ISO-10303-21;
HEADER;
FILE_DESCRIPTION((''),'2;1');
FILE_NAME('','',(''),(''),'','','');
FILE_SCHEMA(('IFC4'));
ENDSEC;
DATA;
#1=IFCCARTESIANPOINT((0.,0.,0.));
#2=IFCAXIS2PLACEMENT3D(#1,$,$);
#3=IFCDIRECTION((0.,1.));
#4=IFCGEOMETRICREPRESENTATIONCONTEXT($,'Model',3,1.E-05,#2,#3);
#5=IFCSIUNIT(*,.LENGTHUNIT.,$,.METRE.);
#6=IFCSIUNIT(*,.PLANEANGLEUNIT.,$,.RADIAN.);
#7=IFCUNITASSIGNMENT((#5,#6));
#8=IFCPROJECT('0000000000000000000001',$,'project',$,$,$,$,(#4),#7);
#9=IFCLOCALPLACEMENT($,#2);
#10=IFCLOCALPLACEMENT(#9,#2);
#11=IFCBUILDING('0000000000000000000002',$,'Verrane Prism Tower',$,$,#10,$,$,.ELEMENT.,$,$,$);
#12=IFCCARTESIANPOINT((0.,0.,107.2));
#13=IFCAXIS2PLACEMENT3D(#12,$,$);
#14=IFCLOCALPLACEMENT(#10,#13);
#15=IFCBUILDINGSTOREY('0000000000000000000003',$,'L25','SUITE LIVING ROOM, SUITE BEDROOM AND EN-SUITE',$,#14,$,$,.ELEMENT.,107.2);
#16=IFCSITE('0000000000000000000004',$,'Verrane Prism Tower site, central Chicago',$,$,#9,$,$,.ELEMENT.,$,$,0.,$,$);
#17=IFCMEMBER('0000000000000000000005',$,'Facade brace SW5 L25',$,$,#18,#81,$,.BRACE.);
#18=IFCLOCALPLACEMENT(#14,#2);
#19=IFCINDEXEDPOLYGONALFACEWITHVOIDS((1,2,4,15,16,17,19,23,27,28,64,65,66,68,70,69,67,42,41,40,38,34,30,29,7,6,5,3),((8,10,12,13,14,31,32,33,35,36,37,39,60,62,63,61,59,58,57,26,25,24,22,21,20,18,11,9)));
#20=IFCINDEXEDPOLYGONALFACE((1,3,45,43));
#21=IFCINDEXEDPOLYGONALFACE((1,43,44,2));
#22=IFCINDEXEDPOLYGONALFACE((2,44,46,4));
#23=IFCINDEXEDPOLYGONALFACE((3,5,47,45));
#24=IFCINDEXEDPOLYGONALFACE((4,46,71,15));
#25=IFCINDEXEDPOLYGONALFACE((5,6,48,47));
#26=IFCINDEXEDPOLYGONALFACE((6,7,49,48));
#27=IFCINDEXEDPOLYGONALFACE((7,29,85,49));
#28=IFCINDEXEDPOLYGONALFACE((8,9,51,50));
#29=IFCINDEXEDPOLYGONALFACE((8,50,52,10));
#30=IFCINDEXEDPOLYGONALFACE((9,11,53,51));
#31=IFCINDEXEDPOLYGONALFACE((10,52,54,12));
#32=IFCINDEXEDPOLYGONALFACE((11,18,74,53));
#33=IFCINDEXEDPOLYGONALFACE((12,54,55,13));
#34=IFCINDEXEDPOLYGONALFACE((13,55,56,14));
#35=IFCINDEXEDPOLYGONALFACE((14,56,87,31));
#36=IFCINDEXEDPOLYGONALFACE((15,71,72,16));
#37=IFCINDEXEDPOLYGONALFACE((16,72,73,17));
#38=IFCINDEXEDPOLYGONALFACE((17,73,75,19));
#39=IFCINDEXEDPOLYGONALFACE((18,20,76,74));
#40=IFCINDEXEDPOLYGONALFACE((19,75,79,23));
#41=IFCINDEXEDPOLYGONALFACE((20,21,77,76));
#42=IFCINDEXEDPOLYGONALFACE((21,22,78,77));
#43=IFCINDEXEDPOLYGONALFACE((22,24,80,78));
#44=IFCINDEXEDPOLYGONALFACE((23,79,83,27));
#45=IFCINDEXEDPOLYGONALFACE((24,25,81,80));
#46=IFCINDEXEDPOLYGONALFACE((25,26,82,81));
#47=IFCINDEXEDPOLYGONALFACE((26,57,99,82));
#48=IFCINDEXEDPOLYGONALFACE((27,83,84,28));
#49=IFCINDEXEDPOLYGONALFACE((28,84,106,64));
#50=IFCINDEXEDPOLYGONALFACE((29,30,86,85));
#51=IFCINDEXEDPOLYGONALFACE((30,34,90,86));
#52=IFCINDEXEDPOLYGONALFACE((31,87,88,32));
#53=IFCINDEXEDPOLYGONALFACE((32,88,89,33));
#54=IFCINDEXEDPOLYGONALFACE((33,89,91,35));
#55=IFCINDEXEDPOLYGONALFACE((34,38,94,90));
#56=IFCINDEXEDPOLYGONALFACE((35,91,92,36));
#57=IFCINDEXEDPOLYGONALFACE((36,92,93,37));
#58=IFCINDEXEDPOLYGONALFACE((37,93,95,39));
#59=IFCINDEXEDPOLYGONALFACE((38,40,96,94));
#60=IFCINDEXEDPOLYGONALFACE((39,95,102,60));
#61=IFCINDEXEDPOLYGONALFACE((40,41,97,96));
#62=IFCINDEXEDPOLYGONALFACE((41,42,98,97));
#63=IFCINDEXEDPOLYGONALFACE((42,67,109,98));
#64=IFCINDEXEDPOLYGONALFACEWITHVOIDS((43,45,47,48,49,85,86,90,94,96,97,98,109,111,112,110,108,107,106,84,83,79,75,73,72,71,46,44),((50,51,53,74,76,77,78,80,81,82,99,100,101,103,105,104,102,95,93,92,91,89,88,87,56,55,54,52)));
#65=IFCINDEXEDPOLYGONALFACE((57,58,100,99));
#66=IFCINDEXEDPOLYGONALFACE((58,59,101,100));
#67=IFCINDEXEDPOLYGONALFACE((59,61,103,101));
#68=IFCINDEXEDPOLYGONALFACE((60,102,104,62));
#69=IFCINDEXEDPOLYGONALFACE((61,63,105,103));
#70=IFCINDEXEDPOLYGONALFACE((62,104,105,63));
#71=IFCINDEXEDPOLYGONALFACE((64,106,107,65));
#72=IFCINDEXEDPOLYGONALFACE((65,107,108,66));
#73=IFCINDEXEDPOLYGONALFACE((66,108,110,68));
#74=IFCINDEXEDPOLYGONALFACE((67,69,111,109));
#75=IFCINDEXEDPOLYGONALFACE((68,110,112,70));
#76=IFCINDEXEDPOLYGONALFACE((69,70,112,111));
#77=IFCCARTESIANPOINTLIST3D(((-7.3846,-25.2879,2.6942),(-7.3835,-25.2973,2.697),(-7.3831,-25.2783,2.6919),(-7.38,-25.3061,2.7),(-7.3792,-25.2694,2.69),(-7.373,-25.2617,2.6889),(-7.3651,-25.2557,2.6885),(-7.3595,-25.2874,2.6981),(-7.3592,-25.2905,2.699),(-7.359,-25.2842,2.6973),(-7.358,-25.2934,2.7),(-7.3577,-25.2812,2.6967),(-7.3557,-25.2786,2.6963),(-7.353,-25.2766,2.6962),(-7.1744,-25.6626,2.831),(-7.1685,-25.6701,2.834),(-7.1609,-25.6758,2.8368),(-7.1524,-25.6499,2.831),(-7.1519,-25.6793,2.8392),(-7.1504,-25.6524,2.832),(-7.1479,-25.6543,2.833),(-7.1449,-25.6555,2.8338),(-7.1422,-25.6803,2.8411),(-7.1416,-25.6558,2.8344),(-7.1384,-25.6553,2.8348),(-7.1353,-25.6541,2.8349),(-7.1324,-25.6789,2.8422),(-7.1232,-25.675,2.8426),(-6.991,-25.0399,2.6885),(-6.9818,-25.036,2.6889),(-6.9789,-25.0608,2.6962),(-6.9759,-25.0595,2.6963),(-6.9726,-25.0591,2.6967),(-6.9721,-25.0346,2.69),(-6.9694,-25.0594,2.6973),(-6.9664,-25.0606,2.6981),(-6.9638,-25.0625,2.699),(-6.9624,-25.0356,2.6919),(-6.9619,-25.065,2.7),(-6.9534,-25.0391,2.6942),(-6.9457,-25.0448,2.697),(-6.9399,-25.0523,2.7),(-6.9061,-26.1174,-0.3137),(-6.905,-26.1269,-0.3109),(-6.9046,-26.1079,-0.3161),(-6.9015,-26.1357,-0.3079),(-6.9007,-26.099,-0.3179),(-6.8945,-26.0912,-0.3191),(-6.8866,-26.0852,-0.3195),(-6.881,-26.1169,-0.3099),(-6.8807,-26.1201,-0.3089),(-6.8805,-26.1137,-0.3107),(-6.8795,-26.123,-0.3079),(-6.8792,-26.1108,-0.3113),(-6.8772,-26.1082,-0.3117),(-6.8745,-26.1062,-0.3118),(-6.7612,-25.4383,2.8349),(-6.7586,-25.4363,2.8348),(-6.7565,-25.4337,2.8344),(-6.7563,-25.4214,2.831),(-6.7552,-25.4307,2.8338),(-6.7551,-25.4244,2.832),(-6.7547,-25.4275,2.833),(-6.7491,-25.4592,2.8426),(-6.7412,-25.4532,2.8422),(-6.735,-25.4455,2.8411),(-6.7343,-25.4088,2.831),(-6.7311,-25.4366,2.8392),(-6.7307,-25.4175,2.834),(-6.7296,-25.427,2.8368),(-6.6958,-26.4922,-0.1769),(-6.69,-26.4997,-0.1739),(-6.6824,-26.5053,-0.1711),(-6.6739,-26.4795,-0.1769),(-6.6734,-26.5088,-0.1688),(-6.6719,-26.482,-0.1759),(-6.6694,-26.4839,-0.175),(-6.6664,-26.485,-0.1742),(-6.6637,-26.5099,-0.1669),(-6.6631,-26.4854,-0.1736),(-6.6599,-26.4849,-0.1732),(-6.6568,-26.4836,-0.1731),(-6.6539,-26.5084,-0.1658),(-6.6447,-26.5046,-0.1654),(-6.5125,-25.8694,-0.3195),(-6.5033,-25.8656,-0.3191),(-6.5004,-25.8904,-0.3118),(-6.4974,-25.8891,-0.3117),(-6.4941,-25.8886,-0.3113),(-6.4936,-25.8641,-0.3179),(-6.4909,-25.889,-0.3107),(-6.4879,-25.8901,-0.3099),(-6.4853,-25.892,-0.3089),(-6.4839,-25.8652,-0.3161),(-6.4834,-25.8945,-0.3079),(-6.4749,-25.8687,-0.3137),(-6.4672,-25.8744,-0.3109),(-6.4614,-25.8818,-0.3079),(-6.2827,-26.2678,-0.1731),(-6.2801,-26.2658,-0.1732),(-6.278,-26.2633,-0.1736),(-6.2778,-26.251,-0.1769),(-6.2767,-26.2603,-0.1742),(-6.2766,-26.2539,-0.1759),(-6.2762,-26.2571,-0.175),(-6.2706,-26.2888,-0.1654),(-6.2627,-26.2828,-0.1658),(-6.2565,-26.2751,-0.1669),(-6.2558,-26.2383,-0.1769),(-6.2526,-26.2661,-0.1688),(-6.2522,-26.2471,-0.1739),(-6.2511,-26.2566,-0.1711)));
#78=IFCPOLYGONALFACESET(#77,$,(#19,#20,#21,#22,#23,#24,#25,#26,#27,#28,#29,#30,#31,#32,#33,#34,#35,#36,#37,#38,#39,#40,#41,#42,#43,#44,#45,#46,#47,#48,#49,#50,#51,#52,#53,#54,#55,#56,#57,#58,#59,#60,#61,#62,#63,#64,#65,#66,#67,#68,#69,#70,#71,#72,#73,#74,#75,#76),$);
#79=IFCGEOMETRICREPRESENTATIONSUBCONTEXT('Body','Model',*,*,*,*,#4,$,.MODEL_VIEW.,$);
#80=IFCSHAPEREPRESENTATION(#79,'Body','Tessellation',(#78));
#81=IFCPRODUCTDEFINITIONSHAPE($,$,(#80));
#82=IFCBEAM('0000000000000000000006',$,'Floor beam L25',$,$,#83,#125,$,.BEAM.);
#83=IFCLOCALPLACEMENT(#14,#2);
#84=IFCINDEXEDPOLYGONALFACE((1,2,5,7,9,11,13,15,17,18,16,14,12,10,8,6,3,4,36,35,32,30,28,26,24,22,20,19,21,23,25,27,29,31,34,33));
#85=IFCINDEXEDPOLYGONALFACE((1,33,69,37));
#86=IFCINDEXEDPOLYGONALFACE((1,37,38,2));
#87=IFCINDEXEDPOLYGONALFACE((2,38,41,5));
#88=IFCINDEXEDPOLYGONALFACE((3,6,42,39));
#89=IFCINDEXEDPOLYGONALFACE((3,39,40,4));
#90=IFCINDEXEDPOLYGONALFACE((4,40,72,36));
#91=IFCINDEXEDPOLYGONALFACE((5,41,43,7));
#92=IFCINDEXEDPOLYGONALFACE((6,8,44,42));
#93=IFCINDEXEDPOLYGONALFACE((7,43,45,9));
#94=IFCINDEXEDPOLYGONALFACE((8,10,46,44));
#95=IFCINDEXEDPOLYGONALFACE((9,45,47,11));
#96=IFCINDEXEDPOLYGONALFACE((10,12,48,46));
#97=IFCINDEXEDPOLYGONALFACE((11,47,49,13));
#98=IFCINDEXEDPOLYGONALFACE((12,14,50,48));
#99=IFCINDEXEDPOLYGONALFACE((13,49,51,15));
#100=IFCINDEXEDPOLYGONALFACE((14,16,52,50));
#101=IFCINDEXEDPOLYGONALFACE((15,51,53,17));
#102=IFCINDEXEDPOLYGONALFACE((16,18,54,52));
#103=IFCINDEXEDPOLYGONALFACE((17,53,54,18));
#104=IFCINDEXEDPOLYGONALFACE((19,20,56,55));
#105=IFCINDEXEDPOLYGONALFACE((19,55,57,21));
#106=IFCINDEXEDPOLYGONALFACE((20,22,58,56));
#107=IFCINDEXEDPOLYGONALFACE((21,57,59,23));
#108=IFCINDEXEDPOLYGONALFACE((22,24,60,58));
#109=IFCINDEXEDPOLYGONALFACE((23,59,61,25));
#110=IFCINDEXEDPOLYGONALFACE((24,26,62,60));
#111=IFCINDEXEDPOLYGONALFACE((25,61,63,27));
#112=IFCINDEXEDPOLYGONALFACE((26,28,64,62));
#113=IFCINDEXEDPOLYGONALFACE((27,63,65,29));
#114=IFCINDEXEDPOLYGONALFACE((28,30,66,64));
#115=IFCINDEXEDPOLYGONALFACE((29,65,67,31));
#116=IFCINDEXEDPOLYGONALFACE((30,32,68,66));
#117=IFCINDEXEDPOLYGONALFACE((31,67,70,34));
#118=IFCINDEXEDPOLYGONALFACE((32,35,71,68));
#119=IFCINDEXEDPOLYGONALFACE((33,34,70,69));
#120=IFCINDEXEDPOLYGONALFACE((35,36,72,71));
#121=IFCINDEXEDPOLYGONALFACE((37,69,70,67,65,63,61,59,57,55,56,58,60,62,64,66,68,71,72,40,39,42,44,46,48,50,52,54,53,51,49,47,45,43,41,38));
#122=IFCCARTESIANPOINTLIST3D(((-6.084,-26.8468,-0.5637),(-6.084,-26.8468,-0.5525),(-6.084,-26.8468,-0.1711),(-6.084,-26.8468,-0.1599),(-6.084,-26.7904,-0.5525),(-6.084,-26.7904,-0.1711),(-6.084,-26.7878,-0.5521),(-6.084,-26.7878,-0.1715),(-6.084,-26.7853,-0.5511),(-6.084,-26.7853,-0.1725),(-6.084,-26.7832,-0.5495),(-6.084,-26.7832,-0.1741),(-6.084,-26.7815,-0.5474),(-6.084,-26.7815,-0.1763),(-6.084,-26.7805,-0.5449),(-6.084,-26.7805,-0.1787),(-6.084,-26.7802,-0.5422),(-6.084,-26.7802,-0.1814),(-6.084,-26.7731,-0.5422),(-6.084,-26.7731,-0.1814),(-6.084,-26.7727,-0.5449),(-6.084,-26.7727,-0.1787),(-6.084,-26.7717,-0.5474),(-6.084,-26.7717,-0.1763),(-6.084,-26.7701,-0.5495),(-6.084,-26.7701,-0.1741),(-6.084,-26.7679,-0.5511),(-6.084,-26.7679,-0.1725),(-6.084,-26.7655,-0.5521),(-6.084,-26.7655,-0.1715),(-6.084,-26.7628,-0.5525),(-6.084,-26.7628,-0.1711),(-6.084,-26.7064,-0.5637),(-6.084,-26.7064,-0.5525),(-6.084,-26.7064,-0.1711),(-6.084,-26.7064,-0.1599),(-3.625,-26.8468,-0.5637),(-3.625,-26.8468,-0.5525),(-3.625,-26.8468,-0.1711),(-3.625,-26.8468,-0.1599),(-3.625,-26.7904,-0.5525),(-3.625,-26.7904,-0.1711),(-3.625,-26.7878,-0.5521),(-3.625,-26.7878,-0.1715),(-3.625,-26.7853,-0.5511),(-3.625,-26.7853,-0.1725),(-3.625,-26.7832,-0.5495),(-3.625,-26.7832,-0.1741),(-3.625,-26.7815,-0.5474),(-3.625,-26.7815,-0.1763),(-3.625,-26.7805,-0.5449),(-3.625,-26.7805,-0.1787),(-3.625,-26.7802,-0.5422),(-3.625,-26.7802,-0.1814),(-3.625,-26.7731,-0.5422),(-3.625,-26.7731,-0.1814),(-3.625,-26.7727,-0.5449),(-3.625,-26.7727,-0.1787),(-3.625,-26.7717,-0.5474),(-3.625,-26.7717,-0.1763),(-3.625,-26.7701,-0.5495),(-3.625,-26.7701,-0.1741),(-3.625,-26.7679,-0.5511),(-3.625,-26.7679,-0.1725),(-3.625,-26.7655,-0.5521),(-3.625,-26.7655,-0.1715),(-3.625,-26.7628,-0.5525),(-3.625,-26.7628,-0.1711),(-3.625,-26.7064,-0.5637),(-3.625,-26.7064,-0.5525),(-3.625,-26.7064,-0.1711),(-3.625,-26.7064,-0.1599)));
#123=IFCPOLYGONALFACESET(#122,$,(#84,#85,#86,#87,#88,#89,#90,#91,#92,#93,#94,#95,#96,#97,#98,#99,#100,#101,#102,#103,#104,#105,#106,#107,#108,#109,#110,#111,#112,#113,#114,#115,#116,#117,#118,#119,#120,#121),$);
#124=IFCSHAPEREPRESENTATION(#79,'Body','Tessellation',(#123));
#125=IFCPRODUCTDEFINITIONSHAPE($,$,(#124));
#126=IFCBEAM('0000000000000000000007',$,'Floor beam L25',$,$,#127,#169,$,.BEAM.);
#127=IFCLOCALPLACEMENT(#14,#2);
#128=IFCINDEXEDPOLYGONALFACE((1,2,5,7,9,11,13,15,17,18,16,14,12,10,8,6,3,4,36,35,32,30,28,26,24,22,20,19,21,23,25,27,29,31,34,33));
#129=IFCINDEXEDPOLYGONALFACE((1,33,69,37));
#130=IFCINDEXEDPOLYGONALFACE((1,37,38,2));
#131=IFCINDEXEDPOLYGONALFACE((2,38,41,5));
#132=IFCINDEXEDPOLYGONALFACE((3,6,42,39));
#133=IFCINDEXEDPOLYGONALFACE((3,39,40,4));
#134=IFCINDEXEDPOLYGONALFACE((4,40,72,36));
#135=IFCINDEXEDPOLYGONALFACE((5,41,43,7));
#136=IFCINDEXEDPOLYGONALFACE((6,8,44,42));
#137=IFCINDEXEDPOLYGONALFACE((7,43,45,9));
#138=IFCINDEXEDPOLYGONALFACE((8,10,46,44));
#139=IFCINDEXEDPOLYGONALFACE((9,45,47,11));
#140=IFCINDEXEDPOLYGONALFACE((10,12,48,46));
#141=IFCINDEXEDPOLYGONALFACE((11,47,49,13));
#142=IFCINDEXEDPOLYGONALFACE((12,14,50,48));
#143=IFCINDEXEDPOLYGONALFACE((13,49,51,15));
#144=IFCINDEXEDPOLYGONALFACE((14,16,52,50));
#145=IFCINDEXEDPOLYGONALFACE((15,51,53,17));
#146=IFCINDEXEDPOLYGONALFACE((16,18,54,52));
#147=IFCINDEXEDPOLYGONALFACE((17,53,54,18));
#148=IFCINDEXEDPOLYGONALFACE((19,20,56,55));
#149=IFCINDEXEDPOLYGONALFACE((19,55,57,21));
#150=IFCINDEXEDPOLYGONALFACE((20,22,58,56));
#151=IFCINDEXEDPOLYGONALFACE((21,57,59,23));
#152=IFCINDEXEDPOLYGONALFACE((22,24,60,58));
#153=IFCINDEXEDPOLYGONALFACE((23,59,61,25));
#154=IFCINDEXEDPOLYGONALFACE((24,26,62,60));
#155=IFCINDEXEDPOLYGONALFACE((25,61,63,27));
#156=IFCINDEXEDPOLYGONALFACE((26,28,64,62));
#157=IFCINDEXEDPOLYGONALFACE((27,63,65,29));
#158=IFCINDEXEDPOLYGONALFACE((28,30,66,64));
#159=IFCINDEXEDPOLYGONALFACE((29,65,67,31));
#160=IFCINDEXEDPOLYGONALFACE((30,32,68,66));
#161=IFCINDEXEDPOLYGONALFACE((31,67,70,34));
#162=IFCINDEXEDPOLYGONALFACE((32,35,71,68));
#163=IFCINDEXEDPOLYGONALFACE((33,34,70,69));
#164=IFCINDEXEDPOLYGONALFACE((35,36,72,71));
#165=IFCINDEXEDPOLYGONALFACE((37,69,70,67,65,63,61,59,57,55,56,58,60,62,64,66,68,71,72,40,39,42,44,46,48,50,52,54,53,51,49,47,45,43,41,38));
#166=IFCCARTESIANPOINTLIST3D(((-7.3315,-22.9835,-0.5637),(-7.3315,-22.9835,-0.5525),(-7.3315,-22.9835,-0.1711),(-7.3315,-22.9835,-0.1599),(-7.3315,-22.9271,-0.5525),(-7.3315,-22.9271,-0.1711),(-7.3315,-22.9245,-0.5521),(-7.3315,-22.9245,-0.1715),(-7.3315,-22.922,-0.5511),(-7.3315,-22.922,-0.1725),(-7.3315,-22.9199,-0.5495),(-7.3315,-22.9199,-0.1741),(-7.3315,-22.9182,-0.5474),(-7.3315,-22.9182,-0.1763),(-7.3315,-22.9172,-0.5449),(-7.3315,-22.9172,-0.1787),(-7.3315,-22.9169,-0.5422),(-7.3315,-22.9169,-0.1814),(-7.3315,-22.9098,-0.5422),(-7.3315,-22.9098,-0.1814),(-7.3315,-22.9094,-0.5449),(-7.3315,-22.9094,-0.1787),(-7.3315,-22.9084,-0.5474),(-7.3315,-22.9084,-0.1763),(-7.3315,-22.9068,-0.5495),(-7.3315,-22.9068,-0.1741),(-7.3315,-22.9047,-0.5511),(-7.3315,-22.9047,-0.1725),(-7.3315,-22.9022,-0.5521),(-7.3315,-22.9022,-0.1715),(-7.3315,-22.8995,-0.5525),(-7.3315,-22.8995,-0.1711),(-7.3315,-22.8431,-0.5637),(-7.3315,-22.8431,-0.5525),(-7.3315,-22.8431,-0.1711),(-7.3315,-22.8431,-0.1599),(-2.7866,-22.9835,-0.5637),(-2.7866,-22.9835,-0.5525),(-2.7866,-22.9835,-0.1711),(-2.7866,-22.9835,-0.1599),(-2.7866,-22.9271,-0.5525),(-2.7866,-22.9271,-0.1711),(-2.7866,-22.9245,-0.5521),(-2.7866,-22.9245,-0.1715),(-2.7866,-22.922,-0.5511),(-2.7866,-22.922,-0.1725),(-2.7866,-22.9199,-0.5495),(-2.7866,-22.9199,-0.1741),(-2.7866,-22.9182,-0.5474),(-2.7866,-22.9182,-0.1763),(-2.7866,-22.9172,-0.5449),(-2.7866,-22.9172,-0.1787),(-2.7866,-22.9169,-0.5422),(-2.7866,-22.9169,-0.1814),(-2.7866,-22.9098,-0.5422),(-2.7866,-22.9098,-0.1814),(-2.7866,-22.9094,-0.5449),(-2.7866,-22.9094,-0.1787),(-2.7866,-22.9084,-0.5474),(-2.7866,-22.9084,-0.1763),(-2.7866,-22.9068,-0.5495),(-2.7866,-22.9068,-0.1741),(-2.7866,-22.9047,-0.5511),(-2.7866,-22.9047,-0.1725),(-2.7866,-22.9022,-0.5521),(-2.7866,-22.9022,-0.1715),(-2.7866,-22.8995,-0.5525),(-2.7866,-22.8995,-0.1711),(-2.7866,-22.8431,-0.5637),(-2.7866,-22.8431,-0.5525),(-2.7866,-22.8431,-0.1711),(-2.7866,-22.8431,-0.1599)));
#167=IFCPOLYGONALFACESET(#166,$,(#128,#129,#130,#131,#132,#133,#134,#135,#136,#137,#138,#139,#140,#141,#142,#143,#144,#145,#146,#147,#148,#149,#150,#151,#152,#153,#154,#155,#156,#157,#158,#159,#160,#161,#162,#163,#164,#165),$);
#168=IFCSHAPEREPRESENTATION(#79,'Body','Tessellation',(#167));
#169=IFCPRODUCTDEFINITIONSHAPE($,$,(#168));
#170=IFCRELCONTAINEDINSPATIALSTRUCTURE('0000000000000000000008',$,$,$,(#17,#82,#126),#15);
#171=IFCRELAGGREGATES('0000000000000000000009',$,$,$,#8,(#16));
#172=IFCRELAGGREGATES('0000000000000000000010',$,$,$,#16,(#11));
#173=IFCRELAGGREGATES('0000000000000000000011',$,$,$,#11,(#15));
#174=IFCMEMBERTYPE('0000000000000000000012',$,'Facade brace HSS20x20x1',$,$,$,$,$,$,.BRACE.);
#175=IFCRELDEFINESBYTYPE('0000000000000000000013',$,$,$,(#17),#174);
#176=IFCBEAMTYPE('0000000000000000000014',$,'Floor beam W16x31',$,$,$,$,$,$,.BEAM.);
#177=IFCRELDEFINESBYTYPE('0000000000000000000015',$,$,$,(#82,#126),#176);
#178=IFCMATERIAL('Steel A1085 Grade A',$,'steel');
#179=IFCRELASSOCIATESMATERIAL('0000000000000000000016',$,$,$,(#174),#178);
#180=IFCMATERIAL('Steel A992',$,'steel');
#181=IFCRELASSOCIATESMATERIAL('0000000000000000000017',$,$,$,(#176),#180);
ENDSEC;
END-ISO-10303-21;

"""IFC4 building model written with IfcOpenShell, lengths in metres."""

from ifc_helpers import new_model, si_unit, direction, frame, origin, origin_2d, place, context, subcontext, project, spatial, hollow_rectangle, i_section, extrude, material, material_profile, profile_set, type_object, element, save


model = new_model("IFC4")

# Units and contexts
model_context = context("Model", 3, precision=1e-05, world=origin(), true_north=direction((0.0, 1.0)))
body_context = subcontext(model_context, "Body", "Model", "MODEL_VIEW")
ifc_project = project(units=[si_unit("LENGTHUNIT", "METRE"), si_unit("PLANEANGLEUNIT", "RADIAN")], contexts=[model_context])

# Site, building, storey
site_placement = place(None, origin())
site = spatial("IfcSite", under=ifc_project, at=site_placement, Name="Verrane Prism Tower site, central Chicago", CompositionType="ELEMENT", RefElevation=0.0)
building_placement = place(site_placement, origin())
building = spatial("IfcBuilding", under=site, at=building_placement, Name="Verrane Prism Tower", CompositionType="ELEMENT")
storey_placement = place(building_placement, frame((0.0, 0.0, 107.2)))
storey = spatial("IfcBuildingStorey", under=building, at=storey_placement, Name="L25", Description="SUITE LIVING ROOM, SUITE BEDROOM AND EN-SUITE", CompositionType="ELEMENT", Elevation=107.2)

# Member
ifc_material_1 = material(Name="Steel A1085 Grade A", Category="steel")
ifc_material_profile_1 = material_profile(ifc_material_1, hollow_rectangle(XDim=0.5081, YDim=0.5081, WallThickness=0.0254, InnerFilletRadius=0.0127, OuterFilletRadius=0.0381, at=origin_2d()), Name="HSS20x20x1")
ifc_profile_set_1 = profile_set([ifc_material_profile_1], Name="Steel A1085 Grade A")
member_type_1 = type_object("IfcMemberType", Name="Facade brace HSS20x20x1", PredefinedType="BRACE", material=ifc_profile_set_1)
for number, where, z_axis, x_axis, name in (
    (1, (-6.5786, -26.187, -0.2424), (-0.151581, 0.262792, 0.952871), (-0.866228, -0.499649, 0.0), "Facade brace SW5 L25"),
):
    element("IfcMember", number, at=place(storey_placement, frame(where, z_axis=z_axis, x_axis=x_axis)), inside=storey, type_object=member_type_1, Name=name, PredefinedType="BRACE", context=body_context, shape_type="SweptSolid", body=[
        extrude(hollow_rectangle(XDim=0.5081, YDim=0.5081, WallThickness=0.0254, InnerFilletRadius=0.0127, OuterFilletRadius=0.0381, at=origin_2d()), origin(), (0.0, 0.0, 1.0), 3.1567),
    ])

# Beams
ifc_material_2 = material(Name="Steel A992", Category="steel")
ifc_material_profile_2 = material_profile(ifc_material_2, i_section(OverallWidth=0.1404, OverallDepth=0.4038, WebThickness=0.0071, FlangeThickness=0.0112, FilletRadius=0.0103, at=origin_2d()), Name="W16x31")
ifc_profile_set_2 = profile_set([ifc_material_profile_2], Name="Steel A992")
beam_type_1 = type_object("IfcBeamType", Name="Floor beam W16x31", PredefinedType="BEAM", material=ifc_profile_set_2)
beam_1_placement = place(storey_placement, frame((-6.084, -26.7766, -0.3618), z_axis=(1.0, 0.0, 0.0), x_axis=(0.0, 1.0, 0.0)))
element("IfcBeam", 2, at=beam_1_placement, inside=storey, type_object=beam_type_1, Name="Floor beam L25", PredefinedType="BEAM", context=body_context, shape_type="SweptSolid", body=[
    extrude(i_section(OverallWidth=0.1404, OverallDepth=0.4038, WebThickness=0.0071, FlangeThickness=0.0112, FilletRadius=0.0103, at=origin_2d()), origin(), (0.0, 0.0, 1.0), 2.459),
])
beam_2_placement = place(storey_placement, frame((-7.3315, -22.9133, -0.3618), z_axis=(1.0, 0.0, 0.0), x_axis=(0.0, 1.0, 0.0)))
element("IfcBeam", 3, at=beam_2_placement, inside=storey, type_object=beam_type_1, Name="Floor beam L25", PredefinedType="BEAM", context=body_context, shape_type="SweptSolid", body=[
    extrude(i_section(OverallWidth=0.1404, OverallDepth=0.4038, WebThickness=0.0071, FlangeThickness=0.0112, FilletRadius=0.0103, at=origin_2d()), origin(), (0.0, 0.0, 1.0), 4.5449),
])

save(model, "model.ifc")
